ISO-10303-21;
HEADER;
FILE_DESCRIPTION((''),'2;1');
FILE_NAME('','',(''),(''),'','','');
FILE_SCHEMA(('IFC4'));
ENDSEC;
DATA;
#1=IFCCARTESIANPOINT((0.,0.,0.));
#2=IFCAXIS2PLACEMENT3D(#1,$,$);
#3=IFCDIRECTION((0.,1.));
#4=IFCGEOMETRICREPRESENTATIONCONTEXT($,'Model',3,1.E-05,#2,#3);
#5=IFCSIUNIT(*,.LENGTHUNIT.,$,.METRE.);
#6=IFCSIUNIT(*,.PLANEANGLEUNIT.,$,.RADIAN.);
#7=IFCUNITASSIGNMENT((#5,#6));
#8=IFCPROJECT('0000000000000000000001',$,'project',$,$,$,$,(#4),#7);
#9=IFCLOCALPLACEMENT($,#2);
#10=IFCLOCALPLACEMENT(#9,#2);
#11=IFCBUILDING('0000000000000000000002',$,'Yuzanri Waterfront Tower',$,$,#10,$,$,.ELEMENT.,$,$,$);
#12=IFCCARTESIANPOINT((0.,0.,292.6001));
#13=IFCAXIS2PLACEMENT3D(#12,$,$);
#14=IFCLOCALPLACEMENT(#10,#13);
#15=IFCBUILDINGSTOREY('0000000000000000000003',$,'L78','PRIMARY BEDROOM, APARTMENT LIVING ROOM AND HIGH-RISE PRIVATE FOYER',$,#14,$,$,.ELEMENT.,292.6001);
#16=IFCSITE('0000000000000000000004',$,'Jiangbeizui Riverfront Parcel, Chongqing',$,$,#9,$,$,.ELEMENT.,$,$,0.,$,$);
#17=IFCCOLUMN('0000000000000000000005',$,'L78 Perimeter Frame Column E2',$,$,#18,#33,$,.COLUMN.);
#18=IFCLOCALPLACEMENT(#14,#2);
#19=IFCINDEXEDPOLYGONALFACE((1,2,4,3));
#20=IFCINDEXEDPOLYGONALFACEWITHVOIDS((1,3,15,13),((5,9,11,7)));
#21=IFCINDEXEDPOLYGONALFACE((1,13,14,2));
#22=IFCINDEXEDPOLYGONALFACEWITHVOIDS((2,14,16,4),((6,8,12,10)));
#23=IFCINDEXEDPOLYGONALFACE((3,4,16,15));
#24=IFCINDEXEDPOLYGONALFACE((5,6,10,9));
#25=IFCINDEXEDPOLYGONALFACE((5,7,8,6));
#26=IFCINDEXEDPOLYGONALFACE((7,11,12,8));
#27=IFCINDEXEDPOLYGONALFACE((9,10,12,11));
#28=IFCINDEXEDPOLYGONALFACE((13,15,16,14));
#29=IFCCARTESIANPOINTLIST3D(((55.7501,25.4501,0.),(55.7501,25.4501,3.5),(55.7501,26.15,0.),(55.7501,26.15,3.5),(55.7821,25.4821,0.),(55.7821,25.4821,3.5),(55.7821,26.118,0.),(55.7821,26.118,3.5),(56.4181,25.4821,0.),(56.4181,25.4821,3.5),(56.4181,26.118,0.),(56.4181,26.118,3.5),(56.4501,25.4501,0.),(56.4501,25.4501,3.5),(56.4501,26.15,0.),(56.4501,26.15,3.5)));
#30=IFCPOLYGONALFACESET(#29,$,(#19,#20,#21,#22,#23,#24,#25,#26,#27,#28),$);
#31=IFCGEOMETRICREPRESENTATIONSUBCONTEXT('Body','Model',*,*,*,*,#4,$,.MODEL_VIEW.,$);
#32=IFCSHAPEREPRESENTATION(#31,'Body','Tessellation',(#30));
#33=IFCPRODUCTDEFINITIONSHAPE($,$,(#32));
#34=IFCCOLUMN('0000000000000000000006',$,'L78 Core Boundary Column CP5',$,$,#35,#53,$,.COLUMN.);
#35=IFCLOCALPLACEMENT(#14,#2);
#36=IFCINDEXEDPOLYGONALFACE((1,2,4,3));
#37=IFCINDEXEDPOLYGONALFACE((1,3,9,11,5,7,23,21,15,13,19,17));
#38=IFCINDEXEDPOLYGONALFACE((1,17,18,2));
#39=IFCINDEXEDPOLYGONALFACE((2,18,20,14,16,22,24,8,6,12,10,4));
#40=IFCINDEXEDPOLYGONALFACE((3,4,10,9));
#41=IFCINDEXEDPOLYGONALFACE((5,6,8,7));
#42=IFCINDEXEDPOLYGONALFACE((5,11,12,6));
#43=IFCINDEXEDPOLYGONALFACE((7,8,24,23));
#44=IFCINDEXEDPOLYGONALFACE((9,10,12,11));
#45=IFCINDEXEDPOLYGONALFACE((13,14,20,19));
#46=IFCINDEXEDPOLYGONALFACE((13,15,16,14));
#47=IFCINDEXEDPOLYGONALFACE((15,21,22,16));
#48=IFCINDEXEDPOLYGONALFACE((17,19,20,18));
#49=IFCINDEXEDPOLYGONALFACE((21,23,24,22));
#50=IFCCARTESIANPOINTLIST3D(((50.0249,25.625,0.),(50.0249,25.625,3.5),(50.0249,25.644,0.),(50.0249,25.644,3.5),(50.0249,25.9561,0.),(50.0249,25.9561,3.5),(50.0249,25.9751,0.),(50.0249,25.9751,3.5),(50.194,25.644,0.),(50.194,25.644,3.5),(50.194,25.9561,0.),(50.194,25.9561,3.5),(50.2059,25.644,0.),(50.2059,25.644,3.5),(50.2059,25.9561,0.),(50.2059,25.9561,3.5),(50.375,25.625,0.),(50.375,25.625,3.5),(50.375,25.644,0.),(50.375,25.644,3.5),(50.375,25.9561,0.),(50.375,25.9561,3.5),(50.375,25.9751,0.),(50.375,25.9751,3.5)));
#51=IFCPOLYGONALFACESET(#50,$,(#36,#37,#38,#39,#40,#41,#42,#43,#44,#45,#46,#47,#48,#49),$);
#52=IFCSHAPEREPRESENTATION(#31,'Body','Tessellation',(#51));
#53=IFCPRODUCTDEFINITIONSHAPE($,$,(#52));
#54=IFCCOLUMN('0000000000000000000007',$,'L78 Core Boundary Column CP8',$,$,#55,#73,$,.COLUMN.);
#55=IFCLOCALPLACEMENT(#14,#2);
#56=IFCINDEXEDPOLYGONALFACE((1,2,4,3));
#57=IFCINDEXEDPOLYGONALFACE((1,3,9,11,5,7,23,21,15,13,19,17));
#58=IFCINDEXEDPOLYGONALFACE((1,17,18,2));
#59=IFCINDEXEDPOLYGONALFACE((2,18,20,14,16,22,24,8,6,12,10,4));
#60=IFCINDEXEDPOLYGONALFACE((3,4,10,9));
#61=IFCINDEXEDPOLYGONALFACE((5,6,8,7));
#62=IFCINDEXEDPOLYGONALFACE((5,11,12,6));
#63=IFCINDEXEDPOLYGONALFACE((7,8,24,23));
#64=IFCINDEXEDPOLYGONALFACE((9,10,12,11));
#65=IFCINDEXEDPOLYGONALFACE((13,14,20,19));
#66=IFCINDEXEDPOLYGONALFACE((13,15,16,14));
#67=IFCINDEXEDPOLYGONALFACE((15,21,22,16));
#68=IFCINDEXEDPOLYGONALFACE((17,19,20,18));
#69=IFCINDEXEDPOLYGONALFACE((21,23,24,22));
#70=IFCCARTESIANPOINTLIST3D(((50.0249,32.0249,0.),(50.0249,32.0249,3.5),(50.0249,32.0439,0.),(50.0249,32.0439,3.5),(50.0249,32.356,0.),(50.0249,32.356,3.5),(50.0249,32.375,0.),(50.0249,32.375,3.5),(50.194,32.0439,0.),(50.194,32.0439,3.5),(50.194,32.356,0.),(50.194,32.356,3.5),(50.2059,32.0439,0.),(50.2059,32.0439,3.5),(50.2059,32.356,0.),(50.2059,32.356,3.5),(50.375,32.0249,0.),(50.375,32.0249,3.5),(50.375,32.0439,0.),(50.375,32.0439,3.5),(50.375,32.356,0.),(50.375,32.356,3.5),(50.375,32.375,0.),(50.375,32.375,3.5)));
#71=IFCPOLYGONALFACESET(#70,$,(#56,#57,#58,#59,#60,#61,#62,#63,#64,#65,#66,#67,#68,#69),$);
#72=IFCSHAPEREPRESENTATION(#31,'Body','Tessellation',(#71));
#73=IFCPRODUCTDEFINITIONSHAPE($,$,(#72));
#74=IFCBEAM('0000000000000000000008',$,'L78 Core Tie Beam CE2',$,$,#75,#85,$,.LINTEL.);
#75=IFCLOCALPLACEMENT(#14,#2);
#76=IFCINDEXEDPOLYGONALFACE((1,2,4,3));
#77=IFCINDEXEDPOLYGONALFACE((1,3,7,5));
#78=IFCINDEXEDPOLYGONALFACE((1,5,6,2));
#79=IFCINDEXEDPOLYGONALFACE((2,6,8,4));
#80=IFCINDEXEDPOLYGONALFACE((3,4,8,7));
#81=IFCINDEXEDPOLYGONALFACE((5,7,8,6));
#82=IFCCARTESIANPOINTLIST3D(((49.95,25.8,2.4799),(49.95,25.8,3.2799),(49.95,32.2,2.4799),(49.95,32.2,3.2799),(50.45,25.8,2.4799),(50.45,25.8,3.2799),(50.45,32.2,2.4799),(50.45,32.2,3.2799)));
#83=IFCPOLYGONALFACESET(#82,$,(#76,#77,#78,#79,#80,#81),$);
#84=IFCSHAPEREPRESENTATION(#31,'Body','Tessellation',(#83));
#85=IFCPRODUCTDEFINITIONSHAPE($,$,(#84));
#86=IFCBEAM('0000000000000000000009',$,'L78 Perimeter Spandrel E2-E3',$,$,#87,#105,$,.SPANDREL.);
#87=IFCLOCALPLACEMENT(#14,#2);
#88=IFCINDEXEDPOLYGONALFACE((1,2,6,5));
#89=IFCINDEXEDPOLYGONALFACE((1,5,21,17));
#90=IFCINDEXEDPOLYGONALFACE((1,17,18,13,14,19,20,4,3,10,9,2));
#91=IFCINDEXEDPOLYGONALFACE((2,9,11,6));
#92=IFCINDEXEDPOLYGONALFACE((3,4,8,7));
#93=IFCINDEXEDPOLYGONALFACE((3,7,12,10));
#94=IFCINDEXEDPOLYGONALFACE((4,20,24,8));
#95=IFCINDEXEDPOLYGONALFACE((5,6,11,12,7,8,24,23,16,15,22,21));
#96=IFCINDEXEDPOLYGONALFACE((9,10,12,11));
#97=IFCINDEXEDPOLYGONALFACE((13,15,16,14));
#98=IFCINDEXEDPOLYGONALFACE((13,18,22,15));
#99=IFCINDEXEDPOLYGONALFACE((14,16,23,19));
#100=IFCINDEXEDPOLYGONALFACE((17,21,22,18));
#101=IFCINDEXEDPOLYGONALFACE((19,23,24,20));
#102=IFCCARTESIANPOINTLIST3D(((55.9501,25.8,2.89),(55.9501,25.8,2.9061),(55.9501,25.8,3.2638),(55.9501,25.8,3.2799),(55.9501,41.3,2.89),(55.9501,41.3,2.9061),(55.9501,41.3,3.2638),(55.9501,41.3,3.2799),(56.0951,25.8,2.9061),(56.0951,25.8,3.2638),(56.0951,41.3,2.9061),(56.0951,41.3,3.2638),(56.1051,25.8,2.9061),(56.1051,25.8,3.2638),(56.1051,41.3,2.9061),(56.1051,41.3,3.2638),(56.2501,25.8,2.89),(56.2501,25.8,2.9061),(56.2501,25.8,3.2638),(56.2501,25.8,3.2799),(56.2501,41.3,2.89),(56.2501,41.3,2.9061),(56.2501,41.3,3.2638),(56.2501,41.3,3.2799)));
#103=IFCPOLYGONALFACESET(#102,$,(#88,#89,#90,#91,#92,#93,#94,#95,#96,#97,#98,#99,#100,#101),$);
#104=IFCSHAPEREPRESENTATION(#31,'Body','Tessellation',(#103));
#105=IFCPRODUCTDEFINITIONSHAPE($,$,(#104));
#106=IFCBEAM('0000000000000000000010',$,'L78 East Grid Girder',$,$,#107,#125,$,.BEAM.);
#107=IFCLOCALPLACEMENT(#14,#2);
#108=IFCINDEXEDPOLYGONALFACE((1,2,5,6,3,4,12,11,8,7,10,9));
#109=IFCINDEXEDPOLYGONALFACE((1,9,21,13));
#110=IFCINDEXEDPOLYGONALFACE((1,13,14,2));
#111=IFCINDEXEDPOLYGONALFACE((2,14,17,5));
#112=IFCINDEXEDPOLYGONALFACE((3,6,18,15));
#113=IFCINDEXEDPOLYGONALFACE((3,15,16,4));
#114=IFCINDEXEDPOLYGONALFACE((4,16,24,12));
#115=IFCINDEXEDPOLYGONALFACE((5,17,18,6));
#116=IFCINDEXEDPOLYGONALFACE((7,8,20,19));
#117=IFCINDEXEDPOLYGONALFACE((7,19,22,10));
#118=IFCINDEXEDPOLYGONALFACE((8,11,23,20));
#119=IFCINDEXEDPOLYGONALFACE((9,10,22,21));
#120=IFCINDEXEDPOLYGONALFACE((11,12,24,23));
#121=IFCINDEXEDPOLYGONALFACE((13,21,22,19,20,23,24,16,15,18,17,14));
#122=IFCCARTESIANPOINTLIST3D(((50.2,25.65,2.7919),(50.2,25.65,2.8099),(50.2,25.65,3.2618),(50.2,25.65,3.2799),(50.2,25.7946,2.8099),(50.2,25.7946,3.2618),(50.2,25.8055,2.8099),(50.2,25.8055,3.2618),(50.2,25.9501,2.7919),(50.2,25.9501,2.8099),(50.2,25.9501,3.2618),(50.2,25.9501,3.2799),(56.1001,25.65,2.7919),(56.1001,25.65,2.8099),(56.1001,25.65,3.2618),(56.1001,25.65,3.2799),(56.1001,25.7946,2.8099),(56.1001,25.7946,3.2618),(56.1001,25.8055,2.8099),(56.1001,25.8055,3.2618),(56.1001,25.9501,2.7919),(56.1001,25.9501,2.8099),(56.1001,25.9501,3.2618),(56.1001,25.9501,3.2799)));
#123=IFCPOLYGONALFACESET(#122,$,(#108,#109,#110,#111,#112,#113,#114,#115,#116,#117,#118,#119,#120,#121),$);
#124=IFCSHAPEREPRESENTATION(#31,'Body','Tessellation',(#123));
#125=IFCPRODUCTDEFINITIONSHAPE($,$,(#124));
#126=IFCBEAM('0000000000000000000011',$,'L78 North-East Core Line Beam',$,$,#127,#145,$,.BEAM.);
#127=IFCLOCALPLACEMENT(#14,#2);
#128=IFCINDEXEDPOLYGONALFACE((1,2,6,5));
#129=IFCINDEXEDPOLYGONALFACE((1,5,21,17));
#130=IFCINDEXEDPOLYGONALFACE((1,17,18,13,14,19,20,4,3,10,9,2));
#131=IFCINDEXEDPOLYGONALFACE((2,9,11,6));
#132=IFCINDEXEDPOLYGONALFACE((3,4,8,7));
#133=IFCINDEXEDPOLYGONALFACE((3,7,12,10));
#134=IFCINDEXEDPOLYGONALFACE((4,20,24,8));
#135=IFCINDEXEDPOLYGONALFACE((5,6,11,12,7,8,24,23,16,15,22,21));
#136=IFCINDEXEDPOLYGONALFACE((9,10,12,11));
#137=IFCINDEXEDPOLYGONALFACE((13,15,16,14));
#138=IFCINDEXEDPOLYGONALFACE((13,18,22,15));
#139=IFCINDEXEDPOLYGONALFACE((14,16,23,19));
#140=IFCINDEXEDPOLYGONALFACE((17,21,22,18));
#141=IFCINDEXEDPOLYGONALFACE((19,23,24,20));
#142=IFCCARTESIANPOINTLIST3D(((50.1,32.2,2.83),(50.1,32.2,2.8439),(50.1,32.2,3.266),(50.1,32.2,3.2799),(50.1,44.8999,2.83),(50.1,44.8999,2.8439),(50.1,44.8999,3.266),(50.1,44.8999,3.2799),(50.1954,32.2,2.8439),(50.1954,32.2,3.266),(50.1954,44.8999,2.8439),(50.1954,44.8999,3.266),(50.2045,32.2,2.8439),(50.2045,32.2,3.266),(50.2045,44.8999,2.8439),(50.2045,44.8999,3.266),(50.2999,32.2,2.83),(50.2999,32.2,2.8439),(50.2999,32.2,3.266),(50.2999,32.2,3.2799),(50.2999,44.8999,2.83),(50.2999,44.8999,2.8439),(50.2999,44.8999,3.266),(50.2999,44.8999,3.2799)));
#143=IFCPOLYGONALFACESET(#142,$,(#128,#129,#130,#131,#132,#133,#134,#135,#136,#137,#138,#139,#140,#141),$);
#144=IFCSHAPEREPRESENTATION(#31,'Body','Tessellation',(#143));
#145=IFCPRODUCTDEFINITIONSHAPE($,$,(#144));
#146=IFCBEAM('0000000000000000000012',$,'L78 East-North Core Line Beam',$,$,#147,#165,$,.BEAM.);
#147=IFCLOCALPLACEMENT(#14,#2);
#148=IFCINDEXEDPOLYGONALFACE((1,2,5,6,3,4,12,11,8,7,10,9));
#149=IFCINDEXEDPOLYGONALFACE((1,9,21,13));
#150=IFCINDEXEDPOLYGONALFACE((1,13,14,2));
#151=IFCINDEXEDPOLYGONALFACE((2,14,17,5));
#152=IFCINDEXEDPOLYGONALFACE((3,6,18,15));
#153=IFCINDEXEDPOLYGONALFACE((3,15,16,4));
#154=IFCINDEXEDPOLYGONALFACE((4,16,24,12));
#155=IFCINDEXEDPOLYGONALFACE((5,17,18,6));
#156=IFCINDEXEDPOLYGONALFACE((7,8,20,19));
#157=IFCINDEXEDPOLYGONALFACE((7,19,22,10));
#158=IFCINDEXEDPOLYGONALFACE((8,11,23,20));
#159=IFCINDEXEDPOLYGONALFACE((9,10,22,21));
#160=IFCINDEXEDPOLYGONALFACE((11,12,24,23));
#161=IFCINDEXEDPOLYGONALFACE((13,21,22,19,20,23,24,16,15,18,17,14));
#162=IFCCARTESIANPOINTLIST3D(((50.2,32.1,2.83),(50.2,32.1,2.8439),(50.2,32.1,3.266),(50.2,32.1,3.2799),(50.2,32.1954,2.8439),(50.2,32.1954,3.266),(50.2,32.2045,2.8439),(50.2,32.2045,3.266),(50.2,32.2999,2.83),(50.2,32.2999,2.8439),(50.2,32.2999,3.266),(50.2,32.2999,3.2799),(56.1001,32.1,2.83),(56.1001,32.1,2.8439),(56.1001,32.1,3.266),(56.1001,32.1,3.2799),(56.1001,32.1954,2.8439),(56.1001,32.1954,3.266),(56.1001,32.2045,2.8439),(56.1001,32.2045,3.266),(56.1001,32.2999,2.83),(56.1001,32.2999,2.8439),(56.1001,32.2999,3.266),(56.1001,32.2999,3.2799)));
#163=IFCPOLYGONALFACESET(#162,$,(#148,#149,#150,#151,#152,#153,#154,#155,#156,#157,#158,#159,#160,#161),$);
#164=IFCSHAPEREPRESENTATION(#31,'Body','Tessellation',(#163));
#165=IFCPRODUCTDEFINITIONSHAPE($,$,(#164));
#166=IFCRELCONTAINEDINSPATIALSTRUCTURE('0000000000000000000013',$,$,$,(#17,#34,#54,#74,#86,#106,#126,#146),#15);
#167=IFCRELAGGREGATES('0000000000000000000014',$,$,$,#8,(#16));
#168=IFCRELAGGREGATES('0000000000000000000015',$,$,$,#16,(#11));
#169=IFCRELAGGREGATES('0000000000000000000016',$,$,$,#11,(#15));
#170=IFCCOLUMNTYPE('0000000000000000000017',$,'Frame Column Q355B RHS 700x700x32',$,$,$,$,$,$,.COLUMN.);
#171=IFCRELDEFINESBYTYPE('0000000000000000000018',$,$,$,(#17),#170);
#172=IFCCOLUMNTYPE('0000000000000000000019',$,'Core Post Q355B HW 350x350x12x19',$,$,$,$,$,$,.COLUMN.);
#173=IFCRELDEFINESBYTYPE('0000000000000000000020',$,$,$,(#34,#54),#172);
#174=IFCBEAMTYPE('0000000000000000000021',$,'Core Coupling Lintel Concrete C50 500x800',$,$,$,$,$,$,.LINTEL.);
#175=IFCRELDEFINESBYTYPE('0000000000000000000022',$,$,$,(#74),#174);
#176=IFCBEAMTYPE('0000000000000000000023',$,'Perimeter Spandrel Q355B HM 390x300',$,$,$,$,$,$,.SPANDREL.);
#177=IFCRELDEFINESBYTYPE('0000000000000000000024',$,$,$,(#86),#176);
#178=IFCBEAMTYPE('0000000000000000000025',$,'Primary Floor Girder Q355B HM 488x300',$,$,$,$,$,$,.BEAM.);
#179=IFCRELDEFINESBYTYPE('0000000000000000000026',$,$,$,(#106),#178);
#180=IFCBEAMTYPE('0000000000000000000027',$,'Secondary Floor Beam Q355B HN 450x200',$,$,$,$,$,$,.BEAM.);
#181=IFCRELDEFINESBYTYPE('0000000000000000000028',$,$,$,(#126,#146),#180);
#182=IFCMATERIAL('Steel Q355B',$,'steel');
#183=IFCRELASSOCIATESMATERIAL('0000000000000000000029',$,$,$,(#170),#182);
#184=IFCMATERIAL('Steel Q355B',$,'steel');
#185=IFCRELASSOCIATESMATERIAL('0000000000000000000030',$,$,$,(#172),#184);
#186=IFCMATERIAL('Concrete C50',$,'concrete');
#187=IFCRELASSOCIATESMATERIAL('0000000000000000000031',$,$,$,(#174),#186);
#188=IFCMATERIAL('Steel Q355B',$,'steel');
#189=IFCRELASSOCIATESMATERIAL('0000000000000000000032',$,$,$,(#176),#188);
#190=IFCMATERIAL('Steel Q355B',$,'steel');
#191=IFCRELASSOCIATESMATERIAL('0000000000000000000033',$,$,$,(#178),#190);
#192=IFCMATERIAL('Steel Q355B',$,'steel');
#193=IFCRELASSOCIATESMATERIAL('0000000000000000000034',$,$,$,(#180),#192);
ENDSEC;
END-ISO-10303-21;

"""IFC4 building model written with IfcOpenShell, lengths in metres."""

from ifc_helpers import new_model, si_unit, direction, frame, origin, origin_2d, place, context, subcontext, project, spatial, rectangle, hollow_rectangle, i_section, extrude, source, transform, mapped, material, material_profile, profile_set, type_object, element, save


model = new_model("IFC4")

# Units and contexts
model_context = context("Model", 3, precision=1e-05, world=origin(), true_north=direction((0.0, 1.0)))
body_context = subcontext(model_context, "Body", "Model", "MODEL_VIEW")
ifc_project = project(units=[si_unit("LENGTHUNIT", "METRE"), si_unit("PLANEANGLEUNIT", "RADIAN")], contexts=[model_context])

# Site, building, storey
site_placement = place(None, origin())
site = spatial("IfcSite", under=ifc_project, at=site_placement, Name="Jiangbeizui Riverfront Parcel, Chongqing", CompositionType="ELEMENT", RefElevation=0.0)
building_placement = place(site_placement, origin())
building = spatial("IfcBuilding", under=site, at=building_placement, Name="Yuzanri Waterfront Tower", CompositionType="ELEMENT")
storey_placement = place(building_placement, frame((0.0, 0.0, 292.6001)))
storey = spatial("IfcBuildingStorey", under=building, at=storey_placement, Name="L78", Description="PRIMARY BEDROOM, APARTMENT LIVING ROOM AND HIGH-RISE PRIVATE FOYER", CompositionType="ELEMENT", Elevation=292.6001)

# Columns
ifc_material_1 = material(Name="Steel Q355B", Category="steel")
ifc_material_profile_1 = material_profile(ifc_material_1, hollow_rectangle(XDim=0.7, YDim=0.7, WallThickness=0.032, at=origin_2d()), Name="RHS 700x700x32")
ifc_profile_set_1 = profile_set([ifc_material_profile_1], Name="Steel Q355B")
column_type_1 = type_object("IfcColumnType", Name="Frame Column Q355B RHS 700x700x32", PredefinedType="COLUMN", material=ifc_profile_set_1)
shared_shape_1 = source(origin(), body_context, "Body", "SweptSolid", [
    extrude(hollow_rectangle(XDim=0.7, YDim=0.7, WallThickness=0.032, at=origin_2d()), origin(), (0.0, 0.0, 1.0), 3.5),
])
column_placement = place(storey_placement, frame((56.1001, 25.8, 0.0), z_axis=(0.0, 0.0, 1.0), x_axis=(1.0, 0.0, 0.0)))
element("IfcColumn", 1, at=column_placement, inside=storey, type_object=column_type_1, Name="L78 Perimeter Frame Column E2", PredefinedType="COLUMN", context=body_context, shape_type="MappedRepresentation", body=[
    mapped(shared_shape_1, transform((0.0, 0.0, 0.0), scale=1.0)),
])
ifc_material_2 = material(Name="Steel Q355B", Category="steel")
ifc_material_profile_2 = material_profile(ifc_material_2, i_section(OverallWidth=0.3501, OverallDepth=0.3501, WebThickness=0.012, FlangeThickness=0.019, at=origin_2d()), Name="HW 350x350x12x19")
ifc_profile_set_2 = profile_set([ifc_material_profile_2], Name="Steel Q355B")
column_type_2 = type_object("IfcColumnType", Name="Core Post Q355B HW 350x350x12x19", PredefinedType="COLUMN", material=ifc_profile_set_2)
shared_shape_2 = source(origin(), body_context, "Body", "SweptSolid", [
    extrude(i_section(OverallWidth=0.3501, OverallDepth=0.3501, WebThickness=0.012, FlangeThickness=0.019, at=origin_2d()), origin(), (0.0, 0.0, 1.0), 3.5),
])
for number, where, z_axis, x_axis, name in (
    (2, (50.2, 25.8, 0.0), (0.0, 0.0, 1.0), (1.0, 0.0, 0.0), "L78 Core Boundary Column CP5"),
    (3, (50.2, 32.2, 0.0), (0.0, 0.0, 1.0), (1.0, 0.0, 0.0), "L78 Core Boundary Column CP8"),
):
    element("IfcColumn", number, at=place(storey_placement, frame(where, z_axis=z_axis, x_axis=x_axis)), inside=storey, type_object=column_type_2, Name=name, PredefinedType="COLUMN", context=body_context, shape_type="MappedRepresentation", body=[
        mapped(shared_shape_2, transform((0.0, 0.0, 0.0), scale=1.0)),
    ])

# Beams
ifc_material_3 = material(Name="Concrete C50", Category="concrete")
ifc_material_profile_3 = material_profile(ifc_material_3, rectangle(XDim=0.5, YDim=0.8, at=origin_2d()), Name="RC 500x800")
ifc_profile_set_3 = profile_set([ifc_material_profile_3], Name="Concrete C50")
beam_type_1 = type_object("IfcBeamType", Name="Core Coupling Lintel Concrete C50 500x800", PredefinedType="LINTEL", material=ifc_profile_set_3)
shared_shape_3 = source(origin(), body_context, "Body", "SweptSolid", [
    extrude(rectangle(XDim=0.5, YDim=0.8, at=origin_2d()), origin(), (0.0, 0.0, 1.0), 6.3999),
])
beam_1_placement = place(storey_placement, frame((50.2, 25.8, 2.8799), z_axis=(0.0, 1.0, 0.0), x_axis=(-1.0, 0.0, 0.0)))
element("IfcBeam", 4, at=beam_1_placement, inside=storey, type_object=beam_type_1, Name="L78 Core Tie Beam CE2", PredefinedType="LINTEL", context=body_context, shape_type="MappedRepresentation", body=[
    mapped(shared_shape_3, transform((0.0, 0.0, 0.0), scale=1.0)),
])
ifc_material_4 = material(Name="Steel Q355B", Category="steel")
ifc_material_profile_4 = material_profile(ifc_material_4, i_section(OverallWidth=0.3, OverallDepth=0.3899, WebThickness=0.01, FlangeThickness=0.0161, at=origin_2d()), Name="HM 390x300x10x16")
ifc_profile_set_4 = profile_set([ifc_material_profile_4], Name="Steel Q355B")
beam_type_2 = type_object("IfcBeamType", Name="Perimeter Spandrel Q355B HM 390x300", PredefinedType="SPANDREL", material=ifc_profile_set_4)
shared_shape_4 = source(origin(), body_context, "Body", "SweptSolid", [
    extrude(i_section(OverallWidth=0.3, OverallDepth=0.3899, WebThickness=0.01, FlangeThickness=0.0161, at=origin_2d()), origin(), (0.0, 0.0, 1.0), 15.5),
])
beam_2_placement = place(storey_placement, frame((56.1001, 25.8, 3.085), z_axis=(0.0, 1.0, 0.0), x_axis=(-1.0, 0.0, 0.0)))
element("IfcBeam", 5, at=beam_2_placement, inside=storey, type_object=beam_type_2, Name="L78 Perimeter Spandrel E2-E3", PredefinedType="SPANDREL", context=body_context, shape_type="MappedRepresentation", body=[
    mapped(shared_shape_4, transform((0.0, 0.0, 0.0), scale=1.0)),
])
ifc_material_5 = material(Name="Steel Q355B", Category="steel")
ifc_material_profile_5 = material_profile(ifc_material_5, i_section(OverallWidth=0.3, OverallDepth=0.488, WebThickness=0.011, FlangeThickness=0.0181, at=origin_2d()), Name="HM 488x300x11x18")
ifc_profile_set_5 = profile_set([ifc_material_profile_5], Name="Steel Q355B")
beam_type_3 = type_object("IfcBeamType", Name="Primary Floor Girder Q355B HM 488x300", PredefinedType="BEAM", material=ifc_profile_set_5)
shared_shape_5 = source(origin(), body_context, "Body", "SweptSolid", [
    extrude(i_section(OverallWidth=0.3, OverallDepth=0.488, WebThickness=0.011, FlangeThickness=0.0181, at=origin_2d()), origin(), (0.0, 0.0, 1.0), 5.9001),
])
beam_3_placement = place(storey_placement, frame((50.2, 25.8, 3.0359), z_axis=(1.0, 0.0, 0.0), x_axis=(0.0, 1.0, 0.0)))
element("IfcBeam", 6, at=beam_3_placement, inside=storey, type_object=beam_type_3, Name="L78 East Grid Girder", PredefinedType="BEAM", context=body_context, shape_type="MappedRepresentation", body=[
    mapped(shared_shape_5, transform((0.0, 0.0, 0.0), scale=1.0)),
])
ifc_material_6 = material(Name="Steel Q355B", Category="steel")
ifc_material_profile_6 = material_profile(ifc_material_6, i_section(OverallWidth=0.2, OverallDepth=0.45, WebThickness=0.009, FlangeThickness=0.0139, at=origin_2d()), Name="HN 450x200x9x14")
ifc_profile_set_6 = profile_set([ifc_material_profile_6], Name="Steel Q355B")
beam_type_4 = type_object("IfcBeamType", Name="Secondary Floor Beam Q355B HN 450x200", PredefinedType="BEAM", material=ifc_profile_set_6)
shared_shape_6 = source(origin(), body_context, "Body", "SweptSolid", [
    extrude(i_section(OverallWidth=0.2, OverallDepth=0.45, WebThickness=0.009, FlangeThickness=0.0139, at=origin_2d()), origin(), (0.0, 0.0, 1.0), 12.7),
])
beam_4_placement = place(storey_placement, frame((50.2, 32.2, 3.0549), z_axis=(0.0, 1.0, 0.0), x_axis=(-1.0, 0.0, 0.0)))
element("IfcBeam", 7, at=beam_4_placement, inside=storey, type_object=beam_type_4, Name="L78 North-East Core Line Beam", PredefinedType="BEAM", context=body_context, shape_type="MappedRepresentation", body=[
    mapped(shared_shape_6, transform((0.0, 0.0, 0.0), scale=1.0)),
])
shared_shape_7 = source(origin(), body_context, "Body", "SweptSolid", [
    extrude(i_section(OverallWidth=0.2, OverallDepth=0.45, WebThickness=0.009, FlangeThickness=0.0139, at=origin_2d()), origin(), (0.0, 0.0, 1.0), 5.9001),
])
beam_5_placement = place(storey_placement, frame((50.2, 32.2, 3.0549), z_axis=(1.0, 0.0, 0.0), x_axis=(0.0, 1.0, 0.0)))
element("IfcBeam", 8, at=beam_5_placement, inside=storey, type_object=beam_type_4, Name="L78 East-North Core Line Beam", PredefinedType="BEAM", context=body_context, shape_type="MappedRepresentation", body=[
    mapped(shared_shape_7, transform((0.0, 0.0, 0.0), scale=1.0)),
])

save(model, "model.ifc")
